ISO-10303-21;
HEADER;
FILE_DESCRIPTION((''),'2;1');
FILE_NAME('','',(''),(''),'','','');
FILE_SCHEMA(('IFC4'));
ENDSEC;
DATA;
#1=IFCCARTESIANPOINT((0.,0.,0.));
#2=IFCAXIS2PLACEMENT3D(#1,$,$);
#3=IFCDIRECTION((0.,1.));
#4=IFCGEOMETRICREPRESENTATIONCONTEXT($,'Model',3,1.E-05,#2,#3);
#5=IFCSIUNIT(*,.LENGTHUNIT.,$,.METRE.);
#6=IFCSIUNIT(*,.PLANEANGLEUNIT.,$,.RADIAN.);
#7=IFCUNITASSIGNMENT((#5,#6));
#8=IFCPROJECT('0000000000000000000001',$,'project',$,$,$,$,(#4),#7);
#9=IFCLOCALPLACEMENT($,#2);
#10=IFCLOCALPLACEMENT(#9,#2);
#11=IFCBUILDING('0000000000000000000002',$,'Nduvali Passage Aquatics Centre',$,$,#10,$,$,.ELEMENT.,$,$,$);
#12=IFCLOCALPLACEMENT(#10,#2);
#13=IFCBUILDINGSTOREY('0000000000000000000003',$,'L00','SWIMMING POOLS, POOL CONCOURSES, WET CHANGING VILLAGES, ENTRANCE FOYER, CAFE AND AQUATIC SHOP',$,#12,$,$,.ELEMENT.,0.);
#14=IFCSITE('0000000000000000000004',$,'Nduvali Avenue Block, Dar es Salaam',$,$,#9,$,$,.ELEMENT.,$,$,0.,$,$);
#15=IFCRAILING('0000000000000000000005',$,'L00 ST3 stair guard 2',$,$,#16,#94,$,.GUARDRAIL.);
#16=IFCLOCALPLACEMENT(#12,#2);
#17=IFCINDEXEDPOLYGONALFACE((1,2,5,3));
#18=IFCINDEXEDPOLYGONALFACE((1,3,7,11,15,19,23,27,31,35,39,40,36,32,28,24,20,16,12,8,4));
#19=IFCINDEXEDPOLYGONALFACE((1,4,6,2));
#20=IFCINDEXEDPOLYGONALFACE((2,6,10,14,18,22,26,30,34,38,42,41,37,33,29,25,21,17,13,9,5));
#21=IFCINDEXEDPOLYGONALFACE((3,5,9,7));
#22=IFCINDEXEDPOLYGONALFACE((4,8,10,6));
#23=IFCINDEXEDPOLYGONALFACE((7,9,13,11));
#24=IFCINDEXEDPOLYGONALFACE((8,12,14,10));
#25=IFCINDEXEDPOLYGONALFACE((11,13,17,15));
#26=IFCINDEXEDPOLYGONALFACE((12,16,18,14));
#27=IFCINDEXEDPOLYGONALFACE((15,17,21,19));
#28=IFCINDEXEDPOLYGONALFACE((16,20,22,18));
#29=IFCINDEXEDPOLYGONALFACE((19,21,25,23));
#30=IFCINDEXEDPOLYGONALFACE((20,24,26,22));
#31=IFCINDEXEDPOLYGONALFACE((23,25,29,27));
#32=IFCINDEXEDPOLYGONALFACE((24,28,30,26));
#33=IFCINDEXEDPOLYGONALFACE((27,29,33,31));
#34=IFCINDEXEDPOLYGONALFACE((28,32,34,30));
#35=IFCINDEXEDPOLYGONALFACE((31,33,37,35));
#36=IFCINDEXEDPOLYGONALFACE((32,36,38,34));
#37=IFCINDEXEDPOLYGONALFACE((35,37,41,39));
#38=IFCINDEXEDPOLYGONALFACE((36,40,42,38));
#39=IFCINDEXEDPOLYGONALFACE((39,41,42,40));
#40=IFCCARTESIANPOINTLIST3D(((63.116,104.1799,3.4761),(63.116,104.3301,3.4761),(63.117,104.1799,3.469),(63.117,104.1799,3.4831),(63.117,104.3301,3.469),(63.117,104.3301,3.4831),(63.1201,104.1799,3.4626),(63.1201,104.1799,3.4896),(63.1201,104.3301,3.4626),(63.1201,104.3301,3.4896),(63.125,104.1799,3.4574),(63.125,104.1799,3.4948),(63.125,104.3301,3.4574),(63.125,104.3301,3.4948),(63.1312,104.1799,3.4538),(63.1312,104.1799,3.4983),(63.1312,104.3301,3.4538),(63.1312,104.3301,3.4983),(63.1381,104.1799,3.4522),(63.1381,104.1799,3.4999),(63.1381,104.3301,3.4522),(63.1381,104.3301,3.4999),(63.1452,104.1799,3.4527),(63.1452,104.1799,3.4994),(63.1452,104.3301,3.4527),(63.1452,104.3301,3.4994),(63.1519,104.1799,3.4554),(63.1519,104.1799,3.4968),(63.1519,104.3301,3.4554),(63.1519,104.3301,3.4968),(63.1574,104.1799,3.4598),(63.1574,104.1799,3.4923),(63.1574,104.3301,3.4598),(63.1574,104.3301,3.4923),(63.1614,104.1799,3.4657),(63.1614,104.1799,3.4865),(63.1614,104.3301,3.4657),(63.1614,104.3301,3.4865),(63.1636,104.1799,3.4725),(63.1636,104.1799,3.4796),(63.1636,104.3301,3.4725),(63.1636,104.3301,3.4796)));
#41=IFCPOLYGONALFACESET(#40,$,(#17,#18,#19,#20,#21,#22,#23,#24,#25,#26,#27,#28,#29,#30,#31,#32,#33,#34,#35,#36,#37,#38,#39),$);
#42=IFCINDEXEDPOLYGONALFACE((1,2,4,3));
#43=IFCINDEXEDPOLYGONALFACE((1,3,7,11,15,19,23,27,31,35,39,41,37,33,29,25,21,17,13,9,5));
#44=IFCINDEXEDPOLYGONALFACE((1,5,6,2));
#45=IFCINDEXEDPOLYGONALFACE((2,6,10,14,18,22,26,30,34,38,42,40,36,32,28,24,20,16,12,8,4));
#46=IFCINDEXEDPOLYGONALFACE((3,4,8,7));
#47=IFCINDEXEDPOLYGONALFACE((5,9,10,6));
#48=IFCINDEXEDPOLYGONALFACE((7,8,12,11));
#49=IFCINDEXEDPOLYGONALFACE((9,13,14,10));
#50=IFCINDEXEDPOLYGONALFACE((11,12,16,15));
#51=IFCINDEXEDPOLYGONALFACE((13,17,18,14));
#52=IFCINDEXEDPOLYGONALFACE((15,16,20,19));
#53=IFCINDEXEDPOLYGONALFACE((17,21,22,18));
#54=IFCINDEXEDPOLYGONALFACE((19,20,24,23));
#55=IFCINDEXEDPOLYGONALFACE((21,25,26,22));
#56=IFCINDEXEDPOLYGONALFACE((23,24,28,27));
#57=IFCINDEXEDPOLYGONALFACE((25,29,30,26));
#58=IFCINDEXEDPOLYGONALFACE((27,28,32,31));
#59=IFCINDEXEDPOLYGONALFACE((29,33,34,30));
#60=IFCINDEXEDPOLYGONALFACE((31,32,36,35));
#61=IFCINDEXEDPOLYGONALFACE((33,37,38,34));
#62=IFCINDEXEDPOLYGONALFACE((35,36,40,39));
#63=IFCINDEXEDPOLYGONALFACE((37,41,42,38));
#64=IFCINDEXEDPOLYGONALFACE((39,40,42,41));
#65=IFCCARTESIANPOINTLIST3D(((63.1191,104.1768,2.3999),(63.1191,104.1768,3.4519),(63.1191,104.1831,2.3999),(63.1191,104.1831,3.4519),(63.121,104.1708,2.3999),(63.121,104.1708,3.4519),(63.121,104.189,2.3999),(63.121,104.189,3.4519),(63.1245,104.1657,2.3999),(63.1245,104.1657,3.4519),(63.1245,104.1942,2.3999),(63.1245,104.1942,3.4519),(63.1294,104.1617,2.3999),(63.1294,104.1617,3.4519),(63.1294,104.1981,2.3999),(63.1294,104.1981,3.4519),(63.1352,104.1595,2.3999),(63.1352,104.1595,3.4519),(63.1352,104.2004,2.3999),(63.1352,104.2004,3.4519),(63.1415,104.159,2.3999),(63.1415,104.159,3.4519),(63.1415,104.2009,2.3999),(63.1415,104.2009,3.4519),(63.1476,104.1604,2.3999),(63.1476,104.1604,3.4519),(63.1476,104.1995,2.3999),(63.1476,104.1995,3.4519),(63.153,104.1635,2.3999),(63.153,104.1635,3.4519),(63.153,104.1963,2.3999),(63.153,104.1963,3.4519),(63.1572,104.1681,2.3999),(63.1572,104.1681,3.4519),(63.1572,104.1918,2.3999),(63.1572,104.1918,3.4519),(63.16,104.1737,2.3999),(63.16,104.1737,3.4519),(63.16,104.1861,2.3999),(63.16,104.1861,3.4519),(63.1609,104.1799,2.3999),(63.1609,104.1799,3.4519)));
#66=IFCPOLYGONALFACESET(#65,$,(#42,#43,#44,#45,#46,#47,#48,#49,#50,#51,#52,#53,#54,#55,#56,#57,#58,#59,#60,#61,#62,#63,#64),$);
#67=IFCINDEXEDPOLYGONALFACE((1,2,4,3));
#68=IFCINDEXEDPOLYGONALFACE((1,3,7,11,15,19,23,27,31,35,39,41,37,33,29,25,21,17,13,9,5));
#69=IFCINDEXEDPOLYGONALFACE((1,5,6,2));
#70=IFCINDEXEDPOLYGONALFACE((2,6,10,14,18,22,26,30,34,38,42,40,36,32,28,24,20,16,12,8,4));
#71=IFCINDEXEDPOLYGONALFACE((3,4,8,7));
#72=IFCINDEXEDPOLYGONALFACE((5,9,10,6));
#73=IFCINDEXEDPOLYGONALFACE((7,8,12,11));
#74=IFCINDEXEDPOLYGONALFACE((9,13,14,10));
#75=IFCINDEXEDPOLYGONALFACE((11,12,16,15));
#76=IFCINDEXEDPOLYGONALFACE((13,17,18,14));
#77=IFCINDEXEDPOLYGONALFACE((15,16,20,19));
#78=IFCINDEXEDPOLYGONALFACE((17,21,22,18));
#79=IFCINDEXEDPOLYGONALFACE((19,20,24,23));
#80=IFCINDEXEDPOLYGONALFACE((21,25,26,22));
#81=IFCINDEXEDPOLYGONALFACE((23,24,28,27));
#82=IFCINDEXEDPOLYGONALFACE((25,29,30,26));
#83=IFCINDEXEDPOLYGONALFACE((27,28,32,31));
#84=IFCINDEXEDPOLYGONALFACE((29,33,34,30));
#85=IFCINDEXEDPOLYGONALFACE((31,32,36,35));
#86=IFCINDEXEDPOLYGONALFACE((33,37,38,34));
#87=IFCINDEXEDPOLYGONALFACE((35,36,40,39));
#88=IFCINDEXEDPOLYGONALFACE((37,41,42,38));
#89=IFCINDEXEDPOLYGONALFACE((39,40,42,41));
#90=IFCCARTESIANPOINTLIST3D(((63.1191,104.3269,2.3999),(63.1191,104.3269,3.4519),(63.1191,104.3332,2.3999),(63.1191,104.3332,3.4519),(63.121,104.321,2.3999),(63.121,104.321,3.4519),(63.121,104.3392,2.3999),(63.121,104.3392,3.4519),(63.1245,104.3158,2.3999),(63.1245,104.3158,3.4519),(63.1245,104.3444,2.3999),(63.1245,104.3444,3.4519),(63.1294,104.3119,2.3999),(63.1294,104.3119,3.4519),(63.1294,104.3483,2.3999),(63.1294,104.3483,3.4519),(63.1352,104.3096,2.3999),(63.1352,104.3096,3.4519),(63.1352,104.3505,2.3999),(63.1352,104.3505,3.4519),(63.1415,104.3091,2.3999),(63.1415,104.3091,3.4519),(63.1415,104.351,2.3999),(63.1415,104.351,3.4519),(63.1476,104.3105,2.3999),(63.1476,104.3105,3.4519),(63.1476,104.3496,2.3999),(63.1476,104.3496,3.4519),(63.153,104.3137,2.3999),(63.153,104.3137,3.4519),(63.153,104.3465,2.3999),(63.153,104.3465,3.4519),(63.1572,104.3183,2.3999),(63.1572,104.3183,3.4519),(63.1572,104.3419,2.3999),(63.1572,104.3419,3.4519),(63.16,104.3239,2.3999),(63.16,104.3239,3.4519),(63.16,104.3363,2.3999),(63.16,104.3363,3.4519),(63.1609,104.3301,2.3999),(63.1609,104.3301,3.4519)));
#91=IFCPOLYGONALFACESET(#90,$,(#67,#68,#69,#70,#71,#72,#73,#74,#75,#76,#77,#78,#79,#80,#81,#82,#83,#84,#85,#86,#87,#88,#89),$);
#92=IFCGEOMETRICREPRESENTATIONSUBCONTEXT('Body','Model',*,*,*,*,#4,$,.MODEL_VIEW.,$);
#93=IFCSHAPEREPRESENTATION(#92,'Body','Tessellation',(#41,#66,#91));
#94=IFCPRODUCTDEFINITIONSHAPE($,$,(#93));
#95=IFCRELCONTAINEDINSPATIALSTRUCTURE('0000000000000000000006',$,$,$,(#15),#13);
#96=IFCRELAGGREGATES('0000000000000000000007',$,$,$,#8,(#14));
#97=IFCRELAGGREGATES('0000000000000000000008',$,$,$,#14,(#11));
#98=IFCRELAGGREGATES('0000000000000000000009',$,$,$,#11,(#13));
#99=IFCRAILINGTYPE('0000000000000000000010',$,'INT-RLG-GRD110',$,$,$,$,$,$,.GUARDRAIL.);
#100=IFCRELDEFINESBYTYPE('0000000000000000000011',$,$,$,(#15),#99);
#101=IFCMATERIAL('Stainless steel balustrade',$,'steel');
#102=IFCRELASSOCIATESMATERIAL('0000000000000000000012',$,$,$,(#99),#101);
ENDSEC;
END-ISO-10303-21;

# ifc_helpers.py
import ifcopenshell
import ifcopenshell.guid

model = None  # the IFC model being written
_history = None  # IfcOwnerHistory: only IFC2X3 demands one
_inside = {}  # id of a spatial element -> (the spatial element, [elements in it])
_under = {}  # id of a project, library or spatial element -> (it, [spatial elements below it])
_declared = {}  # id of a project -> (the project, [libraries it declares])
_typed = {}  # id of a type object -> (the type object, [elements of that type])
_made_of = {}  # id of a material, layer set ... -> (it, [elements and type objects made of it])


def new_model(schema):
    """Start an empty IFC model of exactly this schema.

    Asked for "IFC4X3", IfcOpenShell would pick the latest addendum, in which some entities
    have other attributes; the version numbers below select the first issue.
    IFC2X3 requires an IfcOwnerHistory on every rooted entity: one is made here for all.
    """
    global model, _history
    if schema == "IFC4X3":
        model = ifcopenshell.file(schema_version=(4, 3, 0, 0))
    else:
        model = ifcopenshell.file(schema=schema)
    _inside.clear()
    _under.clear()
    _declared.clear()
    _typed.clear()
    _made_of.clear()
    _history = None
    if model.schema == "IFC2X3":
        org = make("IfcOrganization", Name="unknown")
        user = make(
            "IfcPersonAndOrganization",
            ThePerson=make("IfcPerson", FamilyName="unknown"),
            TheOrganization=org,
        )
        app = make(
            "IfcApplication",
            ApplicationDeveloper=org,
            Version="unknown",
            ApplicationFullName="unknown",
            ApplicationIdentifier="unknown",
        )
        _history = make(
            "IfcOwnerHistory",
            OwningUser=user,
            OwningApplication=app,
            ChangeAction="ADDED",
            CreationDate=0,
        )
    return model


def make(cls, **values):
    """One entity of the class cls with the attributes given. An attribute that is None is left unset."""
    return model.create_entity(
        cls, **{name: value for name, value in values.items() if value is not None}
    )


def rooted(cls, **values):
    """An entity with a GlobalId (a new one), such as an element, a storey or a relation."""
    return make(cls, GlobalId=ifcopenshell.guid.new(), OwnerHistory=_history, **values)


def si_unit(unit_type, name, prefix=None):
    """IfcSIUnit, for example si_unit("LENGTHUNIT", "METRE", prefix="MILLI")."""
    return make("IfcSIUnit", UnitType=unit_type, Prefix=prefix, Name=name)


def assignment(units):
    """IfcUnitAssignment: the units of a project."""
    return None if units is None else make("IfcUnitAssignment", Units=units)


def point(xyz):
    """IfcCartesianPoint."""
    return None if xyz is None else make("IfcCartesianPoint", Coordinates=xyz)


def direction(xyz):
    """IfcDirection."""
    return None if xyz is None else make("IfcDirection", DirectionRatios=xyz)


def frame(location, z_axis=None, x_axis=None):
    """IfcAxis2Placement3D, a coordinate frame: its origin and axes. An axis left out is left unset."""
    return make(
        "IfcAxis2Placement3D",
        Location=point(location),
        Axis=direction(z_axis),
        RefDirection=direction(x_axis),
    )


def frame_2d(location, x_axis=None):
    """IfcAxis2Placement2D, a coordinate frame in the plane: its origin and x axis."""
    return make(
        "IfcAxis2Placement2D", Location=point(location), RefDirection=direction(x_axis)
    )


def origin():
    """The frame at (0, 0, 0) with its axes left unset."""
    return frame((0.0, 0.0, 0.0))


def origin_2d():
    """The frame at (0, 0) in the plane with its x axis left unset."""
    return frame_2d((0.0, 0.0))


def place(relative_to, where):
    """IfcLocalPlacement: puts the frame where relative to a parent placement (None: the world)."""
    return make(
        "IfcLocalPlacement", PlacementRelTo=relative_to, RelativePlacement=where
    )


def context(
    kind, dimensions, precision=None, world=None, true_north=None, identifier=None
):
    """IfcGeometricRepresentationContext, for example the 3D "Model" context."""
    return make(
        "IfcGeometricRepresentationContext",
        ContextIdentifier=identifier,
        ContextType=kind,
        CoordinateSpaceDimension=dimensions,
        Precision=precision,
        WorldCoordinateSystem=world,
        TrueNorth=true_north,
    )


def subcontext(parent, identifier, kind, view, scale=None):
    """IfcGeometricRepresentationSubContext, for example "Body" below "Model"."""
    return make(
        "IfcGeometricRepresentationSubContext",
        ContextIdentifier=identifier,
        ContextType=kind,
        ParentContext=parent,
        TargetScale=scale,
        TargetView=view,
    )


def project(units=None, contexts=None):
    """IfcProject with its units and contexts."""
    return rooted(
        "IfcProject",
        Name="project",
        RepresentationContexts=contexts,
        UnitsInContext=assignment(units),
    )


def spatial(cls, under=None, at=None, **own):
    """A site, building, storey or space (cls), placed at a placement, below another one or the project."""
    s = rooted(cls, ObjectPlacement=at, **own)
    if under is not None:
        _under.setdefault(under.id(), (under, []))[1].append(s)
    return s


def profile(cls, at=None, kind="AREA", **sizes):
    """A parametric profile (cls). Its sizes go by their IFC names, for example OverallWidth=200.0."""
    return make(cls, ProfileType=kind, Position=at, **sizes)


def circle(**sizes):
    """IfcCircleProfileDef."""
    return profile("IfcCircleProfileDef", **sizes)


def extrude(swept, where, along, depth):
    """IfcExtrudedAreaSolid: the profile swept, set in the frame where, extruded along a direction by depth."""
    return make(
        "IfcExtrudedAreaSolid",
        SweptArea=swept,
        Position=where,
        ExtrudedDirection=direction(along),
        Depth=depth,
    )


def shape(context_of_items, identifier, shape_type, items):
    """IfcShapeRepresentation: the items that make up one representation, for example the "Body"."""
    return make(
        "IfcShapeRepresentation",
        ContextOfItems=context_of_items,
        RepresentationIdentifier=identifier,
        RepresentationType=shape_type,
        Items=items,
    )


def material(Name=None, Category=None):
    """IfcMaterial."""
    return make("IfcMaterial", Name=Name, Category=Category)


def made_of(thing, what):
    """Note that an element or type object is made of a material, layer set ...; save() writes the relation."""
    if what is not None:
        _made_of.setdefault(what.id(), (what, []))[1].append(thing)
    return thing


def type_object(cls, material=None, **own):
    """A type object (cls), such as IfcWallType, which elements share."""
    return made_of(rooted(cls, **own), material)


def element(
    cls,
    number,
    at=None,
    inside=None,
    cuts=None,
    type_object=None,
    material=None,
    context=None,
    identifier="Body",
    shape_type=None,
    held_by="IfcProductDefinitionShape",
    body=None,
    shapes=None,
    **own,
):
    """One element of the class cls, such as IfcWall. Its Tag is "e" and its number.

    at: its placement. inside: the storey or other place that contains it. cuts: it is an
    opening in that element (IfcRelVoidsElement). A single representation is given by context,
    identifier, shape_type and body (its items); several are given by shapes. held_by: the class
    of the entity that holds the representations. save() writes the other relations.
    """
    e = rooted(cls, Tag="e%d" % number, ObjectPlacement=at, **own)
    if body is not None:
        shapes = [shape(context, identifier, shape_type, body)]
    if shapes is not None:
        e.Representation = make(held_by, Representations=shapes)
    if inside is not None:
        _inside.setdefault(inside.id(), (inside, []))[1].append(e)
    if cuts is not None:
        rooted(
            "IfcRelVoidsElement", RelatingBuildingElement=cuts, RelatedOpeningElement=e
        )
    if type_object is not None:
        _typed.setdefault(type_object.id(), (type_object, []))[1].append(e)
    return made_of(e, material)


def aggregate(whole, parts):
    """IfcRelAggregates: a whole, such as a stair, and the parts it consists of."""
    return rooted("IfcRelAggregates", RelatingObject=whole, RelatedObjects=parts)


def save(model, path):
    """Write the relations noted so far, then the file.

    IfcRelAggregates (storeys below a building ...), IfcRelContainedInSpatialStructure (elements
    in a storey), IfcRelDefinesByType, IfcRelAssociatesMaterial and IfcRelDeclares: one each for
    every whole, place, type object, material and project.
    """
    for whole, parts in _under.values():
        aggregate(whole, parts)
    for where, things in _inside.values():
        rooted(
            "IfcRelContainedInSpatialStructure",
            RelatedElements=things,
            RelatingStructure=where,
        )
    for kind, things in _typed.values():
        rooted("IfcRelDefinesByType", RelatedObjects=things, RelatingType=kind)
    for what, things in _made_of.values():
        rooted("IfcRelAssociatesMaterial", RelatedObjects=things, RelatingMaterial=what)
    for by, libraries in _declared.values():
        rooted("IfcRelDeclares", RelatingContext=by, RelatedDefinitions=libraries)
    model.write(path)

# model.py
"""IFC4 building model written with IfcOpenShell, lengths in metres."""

from ifc_helpers import new_model, si_unit, direction, frame, origin, origin_2d, place, context, subcontext, project, spatial, circle, extrude, material, type_object, element, save


model = new_model("IFC4")

# Units and contexts
model_context = context("Model", 3, precision=1e-05, world=origin(), true_north=direction((0.0, 1.0)))
body_context = subcontext(model_context, "Body", "Model", "MODEL_VIEW")
ifc_project = project(units=[si_unit("LENGTHUNIT", "METRE"), si_unit("PLANEANGLEUNIT", "RADIAN")], contexts=[model_context])

# Site, building, storey
site_placement = place(None, origin())
site = spatial("IfcSite", under=ifc_project, at=site_placement, Name="Nduvali Avenue Block, Dar es Salaam", CompositionType="ELEMENT", RefElevation=0.0)
building_placement = place(site_placement, origin())
building = spatial("IfcBuilding", under=site, at=building_placement, Name="Nduvali Passage Aquatics Centre", CompositionType="ELEMENT")
storey_placement = place(building_placement, origin())
storey = spatial("IfcBuildingStorey", under=building, at=storey_placement, Name="L00", Description="SWIMMING POOLS, POOL CONCOURSES, WET CHANGING VILLAGES, ENTRANCE FOYER, CAFE AND AQUATIC SHOP", CompositionType="ELEMENT", Elevation=0.0)

# Railing
ifc_material_1 = material(Name="Stainless steel balustrade", Category="steel")
railing_type_1 = type_object("IfcRailingType", Name="INT-RLG-GRD110", PredefinedType="GUARDRAIL", material=ifc_material_1)
railing_1_placement = place(storey_placement, frame((63.1399, 104.1799, 2.3999)))
element("IfcRailing", 1, at=railing_1_placement, inside=storey, type_object=railing_type_1, Name="L00 ST3 stair guard 2", PredefinedType="GUARDRAIL", context=body_context, shape_type="SweptSolid", body=[
    extrude(circle(Radius=0.0239, at=origin_2d()), frame((0.0, 0.0, 1.0762), z_axis=(0.0, 1.0, 0.0), x_axis=(-1.0, 0.0, 0.0)), (0.0, 0.0, 1.0), 0.1501),
    extrude(circle(Radius=0.021, at=origin_2d()), origin(), (0.0, 0.0, 1.0), 1.052),
    extrude(circle(Radius=0.021, at=origin_2d()), frame((0.0, 0.1501, 0.0)), (0.0, 0.0, 1.0), 1.052),
])

save(model, "model.ifc")
